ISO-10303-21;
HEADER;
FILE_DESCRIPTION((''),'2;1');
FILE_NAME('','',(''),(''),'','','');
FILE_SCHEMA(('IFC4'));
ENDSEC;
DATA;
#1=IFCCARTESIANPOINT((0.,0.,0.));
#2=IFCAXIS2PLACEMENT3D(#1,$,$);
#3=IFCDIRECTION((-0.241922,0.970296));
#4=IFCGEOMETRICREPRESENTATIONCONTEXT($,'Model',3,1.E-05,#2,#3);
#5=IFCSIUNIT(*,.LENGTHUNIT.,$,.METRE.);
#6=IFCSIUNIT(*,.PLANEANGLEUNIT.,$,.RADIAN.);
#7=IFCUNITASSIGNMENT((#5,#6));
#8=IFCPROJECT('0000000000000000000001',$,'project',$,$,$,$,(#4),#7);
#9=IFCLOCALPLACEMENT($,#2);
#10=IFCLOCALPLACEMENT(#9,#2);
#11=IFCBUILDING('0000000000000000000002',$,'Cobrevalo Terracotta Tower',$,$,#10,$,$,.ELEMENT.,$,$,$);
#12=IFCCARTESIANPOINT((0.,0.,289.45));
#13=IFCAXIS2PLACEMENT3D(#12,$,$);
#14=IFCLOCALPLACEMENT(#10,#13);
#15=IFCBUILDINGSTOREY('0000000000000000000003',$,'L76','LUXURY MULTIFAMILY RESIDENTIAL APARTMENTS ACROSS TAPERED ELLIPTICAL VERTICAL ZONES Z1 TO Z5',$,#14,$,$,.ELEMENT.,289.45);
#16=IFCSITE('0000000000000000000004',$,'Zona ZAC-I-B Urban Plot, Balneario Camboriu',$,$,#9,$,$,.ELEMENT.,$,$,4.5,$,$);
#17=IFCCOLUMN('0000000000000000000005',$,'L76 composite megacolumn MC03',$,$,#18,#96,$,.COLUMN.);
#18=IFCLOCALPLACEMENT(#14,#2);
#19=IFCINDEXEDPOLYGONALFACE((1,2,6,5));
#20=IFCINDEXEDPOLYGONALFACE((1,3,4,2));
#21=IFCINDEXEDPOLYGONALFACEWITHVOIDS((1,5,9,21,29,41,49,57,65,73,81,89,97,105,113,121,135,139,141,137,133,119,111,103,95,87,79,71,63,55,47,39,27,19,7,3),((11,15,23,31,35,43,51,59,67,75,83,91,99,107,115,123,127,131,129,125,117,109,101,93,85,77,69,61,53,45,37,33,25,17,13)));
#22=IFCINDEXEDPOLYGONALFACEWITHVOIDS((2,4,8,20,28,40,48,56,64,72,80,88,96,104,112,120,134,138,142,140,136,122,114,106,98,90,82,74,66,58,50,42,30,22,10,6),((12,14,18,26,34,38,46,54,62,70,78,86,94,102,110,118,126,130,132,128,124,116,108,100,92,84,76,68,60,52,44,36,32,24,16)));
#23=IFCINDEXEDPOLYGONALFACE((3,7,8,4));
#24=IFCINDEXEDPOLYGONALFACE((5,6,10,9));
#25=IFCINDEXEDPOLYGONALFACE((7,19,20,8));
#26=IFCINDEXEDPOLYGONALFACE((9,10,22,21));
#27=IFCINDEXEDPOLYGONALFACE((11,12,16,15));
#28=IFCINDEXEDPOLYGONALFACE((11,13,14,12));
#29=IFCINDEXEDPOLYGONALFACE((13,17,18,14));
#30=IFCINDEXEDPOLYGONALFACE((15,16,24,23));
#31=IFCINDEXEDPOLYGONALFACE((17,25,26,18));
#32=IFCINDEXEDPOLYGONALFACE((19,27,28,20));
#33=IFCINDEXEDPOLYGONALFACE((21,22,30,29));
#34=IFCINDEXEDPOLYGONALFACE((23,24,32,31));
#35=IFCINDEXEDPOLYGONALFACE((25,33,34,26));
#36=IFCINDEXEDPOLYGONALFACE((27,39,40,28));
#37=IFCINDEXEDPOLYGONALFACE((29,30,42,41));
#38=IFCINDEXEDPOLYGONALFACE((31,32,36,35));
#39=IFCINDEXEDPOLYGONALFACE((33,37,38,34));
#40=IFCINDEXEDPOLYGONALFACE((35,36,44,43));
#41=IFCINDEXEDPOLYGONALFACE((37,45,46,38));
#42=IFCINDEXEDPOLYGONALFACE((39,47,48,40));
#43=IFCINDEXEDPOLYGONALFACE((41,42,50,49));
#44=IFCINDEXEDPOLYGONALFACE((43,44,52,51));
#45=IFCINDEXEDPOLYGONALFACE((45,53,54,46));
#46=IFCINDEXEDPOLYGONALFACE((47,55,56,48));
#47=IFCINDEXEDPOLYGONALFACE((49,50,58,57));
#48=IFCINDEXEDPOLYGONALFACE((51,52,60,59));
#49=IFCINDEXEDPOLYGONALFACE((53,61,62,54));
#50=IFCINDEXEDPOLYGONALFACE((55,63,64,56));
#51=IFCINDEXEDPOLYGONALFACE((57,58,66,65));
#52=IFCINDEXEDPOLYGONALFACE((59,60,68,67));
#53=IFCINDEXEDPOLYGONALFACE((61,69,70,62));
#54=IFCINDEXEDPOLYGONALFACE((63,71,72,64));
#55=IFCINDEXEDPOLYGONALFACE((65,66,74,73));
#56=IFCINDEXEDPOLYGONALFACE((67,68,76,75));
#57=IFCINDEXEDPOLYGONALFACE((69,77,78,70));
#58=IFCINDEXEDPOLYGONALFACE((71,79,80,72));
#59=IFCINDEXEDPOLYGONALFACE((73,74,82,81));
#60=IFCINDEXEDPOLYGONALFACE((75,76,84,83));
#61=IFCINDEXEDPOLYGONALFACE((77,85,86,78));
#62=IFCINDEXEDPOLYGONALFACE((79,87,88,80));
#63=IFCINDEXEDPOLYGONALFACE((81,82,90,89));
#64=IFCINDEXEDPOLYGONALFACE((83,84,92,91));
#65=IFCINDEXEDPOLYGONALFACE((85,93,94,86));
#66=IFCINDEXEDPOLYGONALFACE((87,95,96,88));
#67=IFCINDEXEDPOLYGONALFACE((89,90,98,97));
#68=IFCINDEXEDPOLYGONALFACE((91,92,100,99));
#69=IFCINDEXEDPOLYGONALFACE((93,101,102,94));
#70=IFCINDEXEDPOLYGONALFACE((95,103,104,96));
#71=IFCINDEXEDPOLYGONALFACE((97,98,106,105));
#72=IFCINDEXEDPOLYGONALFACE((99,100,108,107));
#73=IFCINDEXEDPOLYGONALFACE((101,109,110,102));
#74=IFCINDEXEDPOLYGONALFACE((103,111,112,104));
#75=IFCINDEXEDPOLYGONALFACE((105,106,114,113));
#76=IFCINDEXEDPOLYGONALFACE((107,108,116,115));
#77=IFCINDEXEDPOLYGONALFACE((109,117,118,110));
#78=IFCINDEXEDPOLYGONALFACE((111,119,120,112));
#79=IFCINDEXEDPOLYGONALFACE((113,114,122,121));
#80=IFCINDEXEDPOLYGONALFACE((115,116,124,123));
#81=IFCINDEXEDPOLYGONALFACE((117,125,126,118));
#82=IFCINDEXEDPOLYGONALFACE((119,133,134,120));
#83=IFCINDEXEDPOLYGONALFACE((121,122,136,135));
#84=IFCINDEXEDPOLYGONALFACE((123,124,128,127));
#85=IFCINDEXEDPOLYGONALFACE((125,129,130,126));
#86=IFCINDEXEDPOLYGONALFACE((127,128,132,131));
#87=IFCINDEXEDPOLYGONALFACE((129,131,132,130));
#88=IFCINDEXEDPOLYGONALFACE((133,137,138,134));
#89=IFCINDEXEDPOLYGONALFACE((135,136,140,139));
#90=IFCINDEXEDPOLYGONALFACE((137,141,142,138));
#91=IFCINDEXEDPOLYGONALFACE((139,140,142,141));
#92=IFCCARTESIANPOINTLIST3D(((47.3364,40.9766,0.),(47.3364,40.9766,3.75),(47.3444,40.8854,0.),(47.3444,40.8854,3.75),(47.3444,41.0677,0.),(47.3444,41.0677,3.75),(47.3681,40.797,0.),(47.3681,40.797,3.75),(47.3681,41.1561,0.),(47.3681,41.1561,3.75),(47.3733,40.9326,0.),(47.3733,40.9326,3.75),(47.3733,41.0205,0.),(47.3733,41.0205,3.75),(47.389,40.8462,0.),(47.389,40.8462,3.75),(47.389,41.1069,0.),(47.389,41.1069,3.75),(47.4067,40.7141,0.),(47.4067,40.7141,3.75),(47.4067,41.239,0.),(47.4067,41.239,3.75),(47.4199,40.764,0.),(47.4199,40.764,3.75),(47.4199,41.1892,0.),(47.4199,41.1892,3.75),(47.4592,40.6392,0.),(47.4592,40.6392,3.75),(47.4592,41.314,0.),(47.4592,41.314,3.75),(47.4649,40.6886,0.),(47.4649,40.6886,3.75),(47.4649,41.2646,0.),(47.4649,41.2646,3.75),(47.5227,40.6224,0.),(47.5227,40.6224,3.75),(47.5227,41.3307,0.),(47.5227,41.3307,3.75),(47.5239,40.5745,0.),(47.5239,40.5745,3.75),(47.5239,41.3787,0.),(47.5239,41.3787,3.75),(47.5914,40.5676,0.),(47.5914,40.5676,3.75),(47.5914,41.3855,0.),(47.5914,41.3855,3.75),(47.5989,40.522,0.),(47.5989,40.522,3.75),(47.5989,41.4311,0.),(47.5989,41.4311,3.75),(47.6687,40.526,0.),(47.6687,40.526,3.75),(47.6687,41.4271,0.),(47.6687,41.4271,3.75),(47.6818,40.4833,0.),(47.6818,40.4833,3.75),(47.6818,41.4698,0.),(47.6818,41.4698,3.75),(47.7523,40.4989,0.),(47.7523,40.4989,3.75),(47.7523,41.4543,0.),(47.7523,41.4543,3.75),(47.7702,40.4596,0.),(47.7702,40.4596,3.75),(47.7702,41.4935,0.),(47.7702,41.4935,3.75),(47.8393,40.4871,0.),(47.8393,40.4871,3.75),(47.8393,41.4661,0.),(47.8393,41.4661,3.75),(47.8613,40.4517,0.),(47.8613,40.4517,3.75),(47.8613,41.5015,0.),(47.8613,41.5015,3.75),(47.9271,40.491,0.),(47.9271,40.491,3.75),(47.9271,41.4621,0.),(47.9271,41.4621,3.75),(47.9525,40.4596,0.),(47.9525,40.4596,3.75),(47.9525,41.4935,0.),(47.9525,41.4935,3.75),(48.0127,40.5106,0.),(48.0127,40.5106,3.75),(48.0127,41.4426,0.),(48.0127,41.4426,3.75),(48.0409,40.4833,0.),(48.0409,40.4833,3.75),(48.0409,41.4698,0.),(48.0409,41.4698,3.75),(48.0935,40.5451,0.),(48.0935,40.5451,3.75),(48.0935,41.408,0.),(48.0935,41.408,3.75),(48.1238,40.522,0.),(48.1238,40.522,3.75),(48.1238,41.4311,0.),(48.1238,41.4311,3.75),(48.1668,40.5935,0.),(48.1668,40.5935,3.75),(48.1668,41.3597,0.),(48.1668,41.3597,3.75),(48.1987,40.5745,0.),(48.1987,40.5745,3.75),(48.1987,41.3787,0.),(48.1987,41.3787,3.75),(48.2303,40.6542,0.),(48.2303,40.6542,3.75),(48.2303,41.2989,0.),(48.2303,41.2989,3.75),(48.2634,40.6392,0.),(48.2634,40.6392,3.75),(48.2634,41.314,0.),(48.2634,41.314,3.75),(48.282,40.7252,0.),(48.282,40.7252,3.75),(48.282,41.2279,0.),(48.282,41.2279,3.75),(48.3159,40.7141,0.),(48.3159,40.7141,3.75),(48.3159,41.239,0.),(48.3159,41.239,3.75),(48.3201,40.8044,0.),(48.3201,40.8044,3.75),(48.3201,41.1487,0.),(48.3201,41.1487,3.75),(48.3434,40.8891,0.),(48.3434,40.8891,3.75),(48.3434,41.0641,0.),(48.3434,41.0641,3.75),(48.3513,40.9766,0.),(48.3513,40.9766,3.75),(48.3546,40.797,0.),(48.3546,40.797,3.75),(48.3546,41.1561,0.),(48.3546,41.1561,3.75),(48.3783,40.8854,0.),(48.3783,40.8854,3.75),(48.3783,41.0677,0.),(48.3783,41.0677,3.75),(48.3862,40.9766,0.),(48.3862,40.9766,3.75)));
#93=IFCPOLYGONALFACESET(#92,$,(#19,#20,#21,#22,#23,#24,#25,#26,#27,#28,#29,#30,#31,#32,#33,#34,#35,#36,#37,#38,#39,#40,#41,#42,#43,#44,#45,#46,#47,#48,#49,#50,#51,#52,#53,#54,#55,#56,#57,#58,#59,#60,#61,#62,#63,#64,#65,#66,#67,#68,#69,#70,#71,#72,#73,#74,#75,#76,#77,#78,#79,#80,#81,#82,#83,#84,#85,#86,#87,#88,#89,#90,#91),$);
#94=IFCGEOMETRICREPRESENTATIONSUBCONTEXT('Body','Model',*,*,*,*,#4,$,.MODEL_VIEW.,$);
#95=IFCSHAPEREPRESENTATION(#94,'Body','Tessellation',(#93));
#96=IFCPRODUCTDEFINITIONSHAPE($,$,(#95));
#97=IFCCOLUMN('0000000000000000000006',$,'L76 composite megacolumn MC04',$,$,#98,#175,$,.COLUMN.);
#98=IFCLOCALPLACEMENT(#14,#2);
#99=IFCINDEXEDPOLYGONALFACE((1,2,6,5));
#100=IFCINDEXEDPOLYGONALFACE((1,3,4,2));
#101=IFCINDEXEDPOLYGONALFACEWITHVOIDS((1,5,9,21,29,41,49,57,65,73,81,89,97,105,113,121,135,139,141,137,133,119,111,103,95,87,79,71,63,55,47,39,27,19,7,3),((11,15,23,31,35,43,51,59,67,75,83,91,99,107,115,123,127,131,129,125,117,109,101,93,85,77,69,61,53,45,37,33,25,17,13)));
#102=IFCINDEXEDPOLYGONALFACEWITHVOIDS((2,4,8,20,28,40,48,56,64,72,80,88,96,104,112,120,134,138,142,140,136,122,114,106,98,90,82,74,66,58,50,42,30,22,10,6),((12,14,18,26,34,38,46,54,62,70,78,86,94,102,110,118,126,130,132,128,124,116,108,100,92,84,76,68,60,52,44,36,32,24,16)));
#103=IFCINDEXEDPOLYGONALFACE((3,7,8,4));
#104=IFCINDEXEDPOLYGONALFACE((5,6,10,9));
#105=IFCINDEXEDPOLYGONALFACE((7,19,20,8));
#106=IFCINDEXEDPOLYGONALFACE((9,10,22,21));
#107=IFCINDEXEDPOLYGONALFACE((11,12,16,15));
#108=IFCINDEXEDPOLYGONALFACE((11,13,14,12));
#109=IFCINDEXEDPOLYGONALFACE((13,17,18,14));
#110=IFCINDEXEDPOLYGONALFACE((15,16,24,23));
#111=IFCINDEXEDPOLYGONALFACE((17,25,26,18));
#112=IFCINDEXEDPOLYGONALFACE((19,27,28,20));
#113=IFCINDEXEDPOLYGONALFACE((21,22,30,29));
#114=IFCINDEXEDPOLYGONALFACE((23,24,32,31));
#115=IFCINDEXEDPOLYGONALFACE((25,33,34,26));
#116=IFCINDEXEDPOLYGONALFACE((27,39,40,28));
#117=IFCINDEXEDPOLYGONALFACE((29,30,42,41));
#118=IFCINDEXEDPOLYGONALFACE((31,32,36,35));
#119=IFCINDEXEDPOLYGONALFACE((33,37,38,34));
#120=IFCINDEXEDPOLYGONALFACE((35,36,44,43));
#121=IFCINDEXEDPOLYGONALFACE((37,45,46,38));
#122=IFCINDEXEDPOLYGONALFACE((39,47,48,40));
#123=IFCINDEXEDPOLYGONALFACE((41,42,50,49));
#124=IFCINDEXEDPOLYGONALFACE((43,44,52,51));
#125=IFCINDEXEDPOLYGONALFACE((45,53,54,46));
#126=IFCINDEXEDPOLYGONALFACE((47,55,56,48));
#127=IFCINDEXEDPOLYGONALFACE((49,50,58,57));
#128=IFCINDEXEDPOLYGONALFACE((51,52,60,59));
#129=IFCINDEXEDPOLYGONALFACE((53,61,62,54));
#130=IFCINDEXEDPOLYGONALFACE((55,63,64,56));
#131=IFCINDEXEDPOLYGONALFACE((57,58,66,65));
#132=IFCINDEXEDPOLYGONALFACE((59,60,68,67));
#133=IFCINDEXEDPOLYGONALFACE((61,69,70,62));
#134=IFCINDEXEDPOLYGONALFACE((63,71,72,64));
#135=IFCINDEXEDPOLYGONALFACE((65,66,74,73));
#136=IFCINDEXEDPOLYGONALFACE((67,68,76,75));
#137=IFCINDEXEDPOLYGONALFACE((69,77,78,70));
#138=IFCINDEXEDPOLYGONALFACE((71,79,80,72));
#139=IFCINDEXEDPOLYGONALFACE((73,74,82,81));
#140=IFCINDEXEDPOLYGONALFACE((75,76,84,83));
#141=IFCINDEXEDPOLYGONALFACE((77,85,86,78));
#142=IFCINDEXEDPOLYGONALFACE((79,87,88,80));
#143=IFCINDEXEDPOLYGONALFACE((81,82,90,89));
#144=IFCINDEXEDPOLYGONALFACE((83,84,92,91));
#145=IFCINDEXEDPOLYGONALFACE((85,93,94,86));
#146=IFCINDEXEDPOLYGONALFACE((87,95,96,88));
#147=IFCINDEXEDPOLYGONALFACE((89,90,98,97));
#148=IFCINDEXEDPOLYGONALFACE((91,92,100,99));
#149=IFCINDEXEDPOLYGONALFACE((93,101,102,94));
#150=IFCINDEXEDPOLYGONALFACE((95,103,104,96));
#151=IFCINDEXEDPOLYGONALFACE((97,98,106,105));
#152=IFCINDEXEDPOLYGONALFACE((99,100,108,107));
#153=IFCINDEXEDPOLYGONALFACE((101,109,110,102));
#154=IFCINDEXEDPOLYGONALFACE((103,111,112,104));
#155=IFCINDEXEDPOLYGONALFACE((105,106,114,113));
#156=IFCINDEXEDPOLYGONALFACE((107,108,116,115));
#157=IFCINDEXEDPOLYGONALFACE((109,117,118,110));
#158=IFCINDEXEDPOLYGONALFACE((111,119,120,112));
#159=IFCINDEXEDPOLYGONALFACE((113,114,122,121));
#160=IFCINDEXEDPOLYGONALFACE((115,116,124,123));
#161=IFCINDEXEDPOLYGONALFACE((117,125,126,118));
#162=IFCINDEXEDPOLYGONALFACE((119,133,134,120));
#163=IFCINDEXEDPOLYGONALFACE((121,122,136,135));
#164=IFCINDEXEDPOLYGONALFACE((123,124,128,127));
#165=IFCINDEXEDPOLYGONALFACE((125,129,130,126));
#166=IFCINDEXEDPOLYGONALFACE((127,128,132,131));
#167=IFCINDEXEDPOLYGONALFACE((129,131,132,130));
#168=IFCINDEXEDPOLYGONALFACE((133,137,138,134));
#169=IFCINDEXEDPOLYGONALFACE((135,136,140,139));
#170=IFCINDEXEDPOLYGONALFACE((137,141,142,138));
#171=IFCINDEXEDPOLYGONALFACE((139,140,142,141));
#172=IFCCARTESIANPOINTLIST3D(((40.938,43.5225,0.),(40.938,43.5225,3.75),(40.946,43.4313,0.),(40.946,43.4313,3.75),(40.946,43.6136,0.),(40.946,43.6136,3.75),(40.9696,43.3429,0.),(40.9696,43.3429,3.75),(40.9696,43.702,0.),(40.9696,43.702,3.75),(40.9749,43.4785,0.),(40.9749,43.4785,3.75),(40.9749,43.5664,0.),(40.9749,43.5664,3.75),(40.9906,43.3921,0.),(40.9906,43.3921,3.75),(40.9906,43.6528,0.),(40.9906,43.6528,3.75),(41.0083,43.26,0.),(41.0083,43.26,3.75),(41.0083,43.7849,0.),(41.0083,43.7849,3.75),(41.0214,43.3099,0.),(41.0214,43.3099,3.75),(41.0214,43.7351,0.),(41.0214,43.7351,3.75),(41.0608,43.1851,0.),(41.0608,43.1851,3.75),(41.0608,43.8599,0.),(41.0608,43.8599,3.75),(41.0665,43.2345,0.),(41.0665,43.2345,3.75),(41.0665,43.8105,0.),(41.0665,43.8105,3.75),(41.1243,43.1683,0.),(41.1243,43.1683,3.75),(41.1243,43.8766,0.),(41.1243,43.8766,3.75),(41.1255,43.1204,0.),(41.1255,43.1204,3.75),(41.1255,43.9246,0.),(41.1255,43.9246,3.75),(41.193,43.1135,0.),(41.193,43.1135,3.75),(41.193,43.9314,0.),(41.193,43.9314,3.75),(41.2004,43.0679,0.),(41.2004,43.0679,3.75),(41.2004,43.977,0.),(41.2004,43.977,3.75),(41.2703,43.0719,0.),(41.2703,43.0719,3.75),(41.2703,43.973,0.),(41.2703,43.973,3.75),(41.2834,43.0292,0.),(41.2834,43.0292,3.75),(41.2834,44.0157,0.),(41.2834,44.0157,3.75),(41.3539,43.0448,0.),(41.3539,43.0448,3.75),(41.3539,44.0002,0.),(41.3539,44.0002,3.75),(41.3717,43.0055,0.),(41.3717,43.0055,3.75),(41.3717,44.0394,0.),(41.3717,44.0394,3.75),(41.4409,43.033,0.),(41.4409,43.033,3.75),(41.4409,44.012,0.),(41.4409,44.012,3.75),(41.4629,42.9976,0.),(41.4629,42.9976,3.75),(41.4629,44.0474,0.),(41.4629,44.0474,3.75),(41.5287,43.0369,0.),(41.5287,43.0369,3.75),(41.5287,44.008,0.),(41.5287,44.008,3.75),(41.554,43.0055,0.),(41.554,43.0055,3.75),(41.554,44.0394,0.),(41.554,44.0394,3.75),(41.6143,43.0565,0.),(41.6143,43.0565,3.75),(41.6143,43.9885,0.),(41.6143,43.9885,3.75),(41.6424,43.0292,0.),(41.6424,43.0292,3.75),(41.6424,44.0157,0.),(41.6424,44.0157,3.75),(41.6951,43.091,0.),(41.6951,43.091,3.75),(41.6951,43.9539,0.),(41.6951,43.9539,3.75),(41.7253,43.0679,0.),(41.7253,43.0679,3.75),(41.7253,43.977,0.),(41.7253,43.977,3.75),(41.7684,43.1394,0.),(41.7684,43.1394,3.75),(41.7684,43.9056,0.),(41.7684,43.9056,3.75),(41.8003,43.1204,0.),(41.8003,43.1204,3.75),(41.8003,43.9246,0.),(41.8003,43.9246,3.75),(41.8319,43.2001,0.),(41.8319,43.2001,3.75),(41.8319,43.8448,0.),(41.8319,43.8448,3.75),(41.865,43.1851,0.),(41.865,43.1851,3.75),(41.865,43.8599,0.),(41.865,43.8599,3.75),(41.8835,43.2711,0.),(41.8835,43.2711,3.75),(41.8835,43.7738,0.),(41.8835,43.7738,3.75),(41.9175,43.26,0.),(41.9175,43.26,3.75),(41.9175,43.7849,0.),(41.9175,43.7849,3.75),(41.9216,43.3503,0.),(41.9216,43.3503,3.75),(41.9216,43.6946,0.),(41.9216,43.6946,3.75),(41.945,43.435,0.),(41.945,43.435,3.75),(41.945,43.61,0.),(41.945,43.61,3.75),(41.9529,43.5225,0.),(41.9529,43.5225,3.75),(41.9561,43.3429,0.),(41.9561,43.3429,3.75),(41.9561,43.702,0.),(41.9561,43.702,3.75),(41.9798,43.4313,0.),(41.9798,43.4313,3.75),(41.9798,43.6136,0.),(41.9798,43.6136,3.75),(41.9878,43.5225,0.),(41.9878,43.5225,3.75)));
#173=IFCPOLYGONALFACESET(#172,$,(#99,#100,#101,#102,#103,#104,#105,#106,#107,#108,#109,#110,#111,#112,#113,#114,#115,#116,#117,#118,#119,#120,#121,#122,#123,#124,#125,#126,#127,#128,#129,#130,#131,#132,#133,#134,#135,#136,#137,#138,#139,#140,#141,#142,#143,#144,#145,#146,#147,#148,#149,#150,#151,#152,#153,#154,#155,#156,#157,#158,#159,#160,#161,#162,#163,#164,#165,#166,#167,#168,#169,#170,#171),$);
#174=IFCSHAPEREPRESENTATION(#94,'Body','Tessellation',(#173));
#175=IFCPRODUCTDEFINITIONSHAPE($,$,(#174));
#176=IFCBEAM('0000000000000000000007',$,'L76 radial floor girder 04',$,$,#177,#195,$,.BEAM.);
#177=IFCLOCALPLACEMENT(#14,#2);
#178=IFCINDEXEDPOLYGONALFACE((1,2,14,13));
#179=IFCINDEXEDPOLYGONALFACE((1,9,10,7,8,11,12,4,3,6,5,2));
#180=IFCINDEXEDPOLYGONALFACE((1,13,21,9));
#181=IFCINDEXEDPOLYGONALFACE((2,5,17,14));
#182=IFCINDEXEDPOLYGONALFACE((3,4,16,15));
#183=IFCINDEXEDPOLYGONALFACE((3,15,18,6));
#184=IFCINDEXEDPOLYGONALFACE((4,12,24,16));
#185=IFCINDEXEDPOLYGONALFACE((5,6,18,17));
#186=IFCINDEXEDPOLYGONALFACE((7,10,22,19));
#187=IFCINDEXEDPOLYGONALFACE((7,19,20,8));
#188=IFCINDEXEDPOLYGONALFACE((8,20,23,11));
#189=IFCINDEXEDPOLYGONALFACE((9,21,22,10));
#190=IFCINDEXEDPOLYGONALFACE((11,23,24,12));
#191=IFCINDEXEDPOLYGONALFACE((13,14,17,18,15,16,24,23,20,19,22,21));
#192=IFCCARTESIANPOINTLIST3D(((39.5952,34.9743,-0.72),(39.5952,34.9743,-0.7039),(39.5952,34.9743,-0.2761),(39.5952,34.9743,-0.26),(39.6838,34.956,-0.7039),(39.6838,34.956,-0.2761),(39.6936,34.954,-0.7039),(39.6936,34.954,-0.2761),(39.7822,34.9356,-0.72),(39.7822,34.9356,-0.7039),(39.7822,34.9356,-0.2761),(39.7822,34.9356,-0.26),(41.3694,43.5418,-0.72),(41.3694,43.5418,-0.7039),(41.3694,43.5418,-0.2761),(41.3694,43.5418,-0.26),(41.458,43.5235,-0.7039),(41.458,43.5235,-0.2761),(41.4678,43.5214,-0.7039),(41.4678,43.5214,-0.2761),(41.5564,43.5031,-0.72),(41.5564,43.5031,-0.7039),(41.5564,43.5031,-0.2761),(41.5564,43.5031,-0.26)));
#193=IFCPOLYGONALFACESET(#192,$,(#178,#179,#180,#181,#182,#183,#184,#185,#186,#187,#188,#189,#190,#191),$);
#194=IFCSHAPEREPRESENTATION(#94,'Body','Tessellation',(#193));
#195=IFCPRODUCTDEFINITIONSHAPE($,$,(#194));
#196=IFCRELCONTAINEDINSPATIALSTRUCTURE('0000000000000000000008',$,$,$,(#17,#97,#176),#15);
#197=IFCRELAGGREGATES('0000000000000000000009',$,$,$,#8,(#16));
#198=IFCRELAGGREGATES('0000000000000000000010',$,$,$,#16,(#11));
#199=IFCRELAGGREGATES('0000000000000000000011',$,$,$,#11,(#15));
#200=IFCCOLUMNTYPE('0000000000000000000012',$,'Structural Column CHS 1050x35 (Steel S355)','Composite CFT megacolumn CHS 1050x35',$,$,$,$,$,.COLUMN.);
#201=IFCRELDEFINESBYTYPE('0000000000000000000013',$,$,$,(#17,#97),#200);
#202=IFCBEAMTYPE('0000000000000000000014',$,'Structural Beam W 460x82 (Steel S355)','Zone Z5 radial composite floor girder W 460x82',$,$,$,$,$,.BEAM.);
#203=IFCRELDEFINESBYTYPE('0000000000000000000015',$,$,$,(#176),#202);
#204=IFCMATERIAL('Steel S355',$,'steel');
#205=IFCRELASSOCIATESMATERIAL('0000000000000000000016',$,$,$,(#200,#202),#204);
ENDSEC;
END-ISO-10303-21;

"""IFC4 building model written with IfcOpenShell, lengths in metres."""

from ifc_helpers import new_model, si_unit, direction, frame, origin, origin_2d, place, context, subcontext, project, spatial, hollow_circle, i_section, extrude, material, material_profile, profile_set, type_object, element, save


model = new_model("IFC4")

# Units and contexts
model_context = context("Model", 3, precision=1e-05, world=origin(), true_north=direction((-0.241922, 0.970296)))
body_context = subcontext(model_context, "Body", "Model", "MODEL_VIEW")
ifc_project = project(units=[si_unit("LENGTHUNIT", "METRE"), si_unit("PLANEANGLEUNIT", "RADIAN")], contexts=[model_context])

# Site, building, storey
site_placement = place(None, origin())
site = spatial("IfcSite", under=ifc_project, at=site_placement, Name="Zona ZAC-I-B Urban Plot, Balneario Camboriu", CompositionType="ELEMENT", RefElevation=4.5)
building_placement = place(site_placement, origin())
building = spatial("IfcBuilding", under=site, at=building_placement, Name="Cobrevalo Terracotta Tower", CompositionType="ELEMENT")
storey_placement = place(building_placement, frame((0.0, 0.0, 289.45)))
storey = spatial("IfcBuildingStorey", under=building, at=storey_placement, Name="L76", Description="LUXURY MULTIFAMILY RESIDENTIAL APARTMENTS ACROSS TAPERED ELLIPTICAL VERTICAL ZONES Z1 TO Z5", CompositionType="ELEMENT", Elevation=289.45)

# Columns
ifc_material_1 = material(Name="Steel S355", Category="steel")
ifc_material_profile_1 = material_profile(ifc_material_1, hollow_circle(Radius=0.5249, WallThickness=0.0349, at=origin_2d()), Name="CHS 1050x35")
ifc_profile_set_1 = profile_set([ifc_material_profile_1], Name="Steel S355")
column_type = type_object("IfcColumnType", Name="Structural Column CHS 1050x35 (Steel S355)", Description="Composite CFT megacolumn CHS 1050x35", PredefinedType="COLUMN", material=ifc_profile_set_1)
for number, where, z_axis, x_axis, name in (
    (1, (47.8613, 40.9766, 0.0), (0.0, 0.0, 1.0), (1.0, 0.0, 0.0), "L76 composite megacolumn MC03"),
    (2, (41.4629, 43.5225, 0.0), (0.0, 0.0, 1.0), (1.0, 0.0, 0.0), "L76 composite megacolumn MC04"),
):
    element("IfcColumn", number, at=place(storey_placement, frame(where, z_axis=z_axis, x_axis=x_axis)), inside=storey, type_object=column_type, Name=name, PredefinedType="COLUMN", context=body_context, shape_type="SweptSolid", body=[
        extrude(hollow_circle(Radius=0.5249, WallThickness=0.0349, at=origin_2d()), origin(), (0.0, 0.0, 1.0), 3.75),
    ])

# Beam
ifc_material_profile_2 = material_profile(ifc_material_1, i_section(OverallWidth=0.1909, OverallDepth=0.46, WebThickness=0.01, FlangeThickness=0.0161, at=origin_2d()), Name="W 460x82")
ifc_profile_set_2 = profile_set([ifc_material_profile_2], Name="Steel S355")
beam_type_1 = type_object("IfcBeamType", Name="Structural Beam W 460x82 (Steel S355)", Description="Zone Z5 radial composite floor girder W 460x82", PredefinedType="BEAM", material=ifc_profile_set_2)
beam_1_placement = place(storey_placement, frame((41.4629, 43.5225, -0.49), z_axis=(-0.202782, -0.979224, 0.0), x_axis=(0.979224, -0.202782, 0.0)))
element("IfcBeam", 3, at=beam_1_placement, inside=storey, type_object=beam_type_1, Name="L76 radial floor girder 04", PredefinedType="BEAM", context=body_context, shape_type="SweptSolid", body=[
    extrude(i_section(OverallWidth=0.1909, OverallDepth=0.46, WebThickness=0.01, FlangeThickness=0.0161, at=origin_2d()), origin(), (0.0, 0.0, 1.0), 8.7493),
])

save(model, "model.ifc")
